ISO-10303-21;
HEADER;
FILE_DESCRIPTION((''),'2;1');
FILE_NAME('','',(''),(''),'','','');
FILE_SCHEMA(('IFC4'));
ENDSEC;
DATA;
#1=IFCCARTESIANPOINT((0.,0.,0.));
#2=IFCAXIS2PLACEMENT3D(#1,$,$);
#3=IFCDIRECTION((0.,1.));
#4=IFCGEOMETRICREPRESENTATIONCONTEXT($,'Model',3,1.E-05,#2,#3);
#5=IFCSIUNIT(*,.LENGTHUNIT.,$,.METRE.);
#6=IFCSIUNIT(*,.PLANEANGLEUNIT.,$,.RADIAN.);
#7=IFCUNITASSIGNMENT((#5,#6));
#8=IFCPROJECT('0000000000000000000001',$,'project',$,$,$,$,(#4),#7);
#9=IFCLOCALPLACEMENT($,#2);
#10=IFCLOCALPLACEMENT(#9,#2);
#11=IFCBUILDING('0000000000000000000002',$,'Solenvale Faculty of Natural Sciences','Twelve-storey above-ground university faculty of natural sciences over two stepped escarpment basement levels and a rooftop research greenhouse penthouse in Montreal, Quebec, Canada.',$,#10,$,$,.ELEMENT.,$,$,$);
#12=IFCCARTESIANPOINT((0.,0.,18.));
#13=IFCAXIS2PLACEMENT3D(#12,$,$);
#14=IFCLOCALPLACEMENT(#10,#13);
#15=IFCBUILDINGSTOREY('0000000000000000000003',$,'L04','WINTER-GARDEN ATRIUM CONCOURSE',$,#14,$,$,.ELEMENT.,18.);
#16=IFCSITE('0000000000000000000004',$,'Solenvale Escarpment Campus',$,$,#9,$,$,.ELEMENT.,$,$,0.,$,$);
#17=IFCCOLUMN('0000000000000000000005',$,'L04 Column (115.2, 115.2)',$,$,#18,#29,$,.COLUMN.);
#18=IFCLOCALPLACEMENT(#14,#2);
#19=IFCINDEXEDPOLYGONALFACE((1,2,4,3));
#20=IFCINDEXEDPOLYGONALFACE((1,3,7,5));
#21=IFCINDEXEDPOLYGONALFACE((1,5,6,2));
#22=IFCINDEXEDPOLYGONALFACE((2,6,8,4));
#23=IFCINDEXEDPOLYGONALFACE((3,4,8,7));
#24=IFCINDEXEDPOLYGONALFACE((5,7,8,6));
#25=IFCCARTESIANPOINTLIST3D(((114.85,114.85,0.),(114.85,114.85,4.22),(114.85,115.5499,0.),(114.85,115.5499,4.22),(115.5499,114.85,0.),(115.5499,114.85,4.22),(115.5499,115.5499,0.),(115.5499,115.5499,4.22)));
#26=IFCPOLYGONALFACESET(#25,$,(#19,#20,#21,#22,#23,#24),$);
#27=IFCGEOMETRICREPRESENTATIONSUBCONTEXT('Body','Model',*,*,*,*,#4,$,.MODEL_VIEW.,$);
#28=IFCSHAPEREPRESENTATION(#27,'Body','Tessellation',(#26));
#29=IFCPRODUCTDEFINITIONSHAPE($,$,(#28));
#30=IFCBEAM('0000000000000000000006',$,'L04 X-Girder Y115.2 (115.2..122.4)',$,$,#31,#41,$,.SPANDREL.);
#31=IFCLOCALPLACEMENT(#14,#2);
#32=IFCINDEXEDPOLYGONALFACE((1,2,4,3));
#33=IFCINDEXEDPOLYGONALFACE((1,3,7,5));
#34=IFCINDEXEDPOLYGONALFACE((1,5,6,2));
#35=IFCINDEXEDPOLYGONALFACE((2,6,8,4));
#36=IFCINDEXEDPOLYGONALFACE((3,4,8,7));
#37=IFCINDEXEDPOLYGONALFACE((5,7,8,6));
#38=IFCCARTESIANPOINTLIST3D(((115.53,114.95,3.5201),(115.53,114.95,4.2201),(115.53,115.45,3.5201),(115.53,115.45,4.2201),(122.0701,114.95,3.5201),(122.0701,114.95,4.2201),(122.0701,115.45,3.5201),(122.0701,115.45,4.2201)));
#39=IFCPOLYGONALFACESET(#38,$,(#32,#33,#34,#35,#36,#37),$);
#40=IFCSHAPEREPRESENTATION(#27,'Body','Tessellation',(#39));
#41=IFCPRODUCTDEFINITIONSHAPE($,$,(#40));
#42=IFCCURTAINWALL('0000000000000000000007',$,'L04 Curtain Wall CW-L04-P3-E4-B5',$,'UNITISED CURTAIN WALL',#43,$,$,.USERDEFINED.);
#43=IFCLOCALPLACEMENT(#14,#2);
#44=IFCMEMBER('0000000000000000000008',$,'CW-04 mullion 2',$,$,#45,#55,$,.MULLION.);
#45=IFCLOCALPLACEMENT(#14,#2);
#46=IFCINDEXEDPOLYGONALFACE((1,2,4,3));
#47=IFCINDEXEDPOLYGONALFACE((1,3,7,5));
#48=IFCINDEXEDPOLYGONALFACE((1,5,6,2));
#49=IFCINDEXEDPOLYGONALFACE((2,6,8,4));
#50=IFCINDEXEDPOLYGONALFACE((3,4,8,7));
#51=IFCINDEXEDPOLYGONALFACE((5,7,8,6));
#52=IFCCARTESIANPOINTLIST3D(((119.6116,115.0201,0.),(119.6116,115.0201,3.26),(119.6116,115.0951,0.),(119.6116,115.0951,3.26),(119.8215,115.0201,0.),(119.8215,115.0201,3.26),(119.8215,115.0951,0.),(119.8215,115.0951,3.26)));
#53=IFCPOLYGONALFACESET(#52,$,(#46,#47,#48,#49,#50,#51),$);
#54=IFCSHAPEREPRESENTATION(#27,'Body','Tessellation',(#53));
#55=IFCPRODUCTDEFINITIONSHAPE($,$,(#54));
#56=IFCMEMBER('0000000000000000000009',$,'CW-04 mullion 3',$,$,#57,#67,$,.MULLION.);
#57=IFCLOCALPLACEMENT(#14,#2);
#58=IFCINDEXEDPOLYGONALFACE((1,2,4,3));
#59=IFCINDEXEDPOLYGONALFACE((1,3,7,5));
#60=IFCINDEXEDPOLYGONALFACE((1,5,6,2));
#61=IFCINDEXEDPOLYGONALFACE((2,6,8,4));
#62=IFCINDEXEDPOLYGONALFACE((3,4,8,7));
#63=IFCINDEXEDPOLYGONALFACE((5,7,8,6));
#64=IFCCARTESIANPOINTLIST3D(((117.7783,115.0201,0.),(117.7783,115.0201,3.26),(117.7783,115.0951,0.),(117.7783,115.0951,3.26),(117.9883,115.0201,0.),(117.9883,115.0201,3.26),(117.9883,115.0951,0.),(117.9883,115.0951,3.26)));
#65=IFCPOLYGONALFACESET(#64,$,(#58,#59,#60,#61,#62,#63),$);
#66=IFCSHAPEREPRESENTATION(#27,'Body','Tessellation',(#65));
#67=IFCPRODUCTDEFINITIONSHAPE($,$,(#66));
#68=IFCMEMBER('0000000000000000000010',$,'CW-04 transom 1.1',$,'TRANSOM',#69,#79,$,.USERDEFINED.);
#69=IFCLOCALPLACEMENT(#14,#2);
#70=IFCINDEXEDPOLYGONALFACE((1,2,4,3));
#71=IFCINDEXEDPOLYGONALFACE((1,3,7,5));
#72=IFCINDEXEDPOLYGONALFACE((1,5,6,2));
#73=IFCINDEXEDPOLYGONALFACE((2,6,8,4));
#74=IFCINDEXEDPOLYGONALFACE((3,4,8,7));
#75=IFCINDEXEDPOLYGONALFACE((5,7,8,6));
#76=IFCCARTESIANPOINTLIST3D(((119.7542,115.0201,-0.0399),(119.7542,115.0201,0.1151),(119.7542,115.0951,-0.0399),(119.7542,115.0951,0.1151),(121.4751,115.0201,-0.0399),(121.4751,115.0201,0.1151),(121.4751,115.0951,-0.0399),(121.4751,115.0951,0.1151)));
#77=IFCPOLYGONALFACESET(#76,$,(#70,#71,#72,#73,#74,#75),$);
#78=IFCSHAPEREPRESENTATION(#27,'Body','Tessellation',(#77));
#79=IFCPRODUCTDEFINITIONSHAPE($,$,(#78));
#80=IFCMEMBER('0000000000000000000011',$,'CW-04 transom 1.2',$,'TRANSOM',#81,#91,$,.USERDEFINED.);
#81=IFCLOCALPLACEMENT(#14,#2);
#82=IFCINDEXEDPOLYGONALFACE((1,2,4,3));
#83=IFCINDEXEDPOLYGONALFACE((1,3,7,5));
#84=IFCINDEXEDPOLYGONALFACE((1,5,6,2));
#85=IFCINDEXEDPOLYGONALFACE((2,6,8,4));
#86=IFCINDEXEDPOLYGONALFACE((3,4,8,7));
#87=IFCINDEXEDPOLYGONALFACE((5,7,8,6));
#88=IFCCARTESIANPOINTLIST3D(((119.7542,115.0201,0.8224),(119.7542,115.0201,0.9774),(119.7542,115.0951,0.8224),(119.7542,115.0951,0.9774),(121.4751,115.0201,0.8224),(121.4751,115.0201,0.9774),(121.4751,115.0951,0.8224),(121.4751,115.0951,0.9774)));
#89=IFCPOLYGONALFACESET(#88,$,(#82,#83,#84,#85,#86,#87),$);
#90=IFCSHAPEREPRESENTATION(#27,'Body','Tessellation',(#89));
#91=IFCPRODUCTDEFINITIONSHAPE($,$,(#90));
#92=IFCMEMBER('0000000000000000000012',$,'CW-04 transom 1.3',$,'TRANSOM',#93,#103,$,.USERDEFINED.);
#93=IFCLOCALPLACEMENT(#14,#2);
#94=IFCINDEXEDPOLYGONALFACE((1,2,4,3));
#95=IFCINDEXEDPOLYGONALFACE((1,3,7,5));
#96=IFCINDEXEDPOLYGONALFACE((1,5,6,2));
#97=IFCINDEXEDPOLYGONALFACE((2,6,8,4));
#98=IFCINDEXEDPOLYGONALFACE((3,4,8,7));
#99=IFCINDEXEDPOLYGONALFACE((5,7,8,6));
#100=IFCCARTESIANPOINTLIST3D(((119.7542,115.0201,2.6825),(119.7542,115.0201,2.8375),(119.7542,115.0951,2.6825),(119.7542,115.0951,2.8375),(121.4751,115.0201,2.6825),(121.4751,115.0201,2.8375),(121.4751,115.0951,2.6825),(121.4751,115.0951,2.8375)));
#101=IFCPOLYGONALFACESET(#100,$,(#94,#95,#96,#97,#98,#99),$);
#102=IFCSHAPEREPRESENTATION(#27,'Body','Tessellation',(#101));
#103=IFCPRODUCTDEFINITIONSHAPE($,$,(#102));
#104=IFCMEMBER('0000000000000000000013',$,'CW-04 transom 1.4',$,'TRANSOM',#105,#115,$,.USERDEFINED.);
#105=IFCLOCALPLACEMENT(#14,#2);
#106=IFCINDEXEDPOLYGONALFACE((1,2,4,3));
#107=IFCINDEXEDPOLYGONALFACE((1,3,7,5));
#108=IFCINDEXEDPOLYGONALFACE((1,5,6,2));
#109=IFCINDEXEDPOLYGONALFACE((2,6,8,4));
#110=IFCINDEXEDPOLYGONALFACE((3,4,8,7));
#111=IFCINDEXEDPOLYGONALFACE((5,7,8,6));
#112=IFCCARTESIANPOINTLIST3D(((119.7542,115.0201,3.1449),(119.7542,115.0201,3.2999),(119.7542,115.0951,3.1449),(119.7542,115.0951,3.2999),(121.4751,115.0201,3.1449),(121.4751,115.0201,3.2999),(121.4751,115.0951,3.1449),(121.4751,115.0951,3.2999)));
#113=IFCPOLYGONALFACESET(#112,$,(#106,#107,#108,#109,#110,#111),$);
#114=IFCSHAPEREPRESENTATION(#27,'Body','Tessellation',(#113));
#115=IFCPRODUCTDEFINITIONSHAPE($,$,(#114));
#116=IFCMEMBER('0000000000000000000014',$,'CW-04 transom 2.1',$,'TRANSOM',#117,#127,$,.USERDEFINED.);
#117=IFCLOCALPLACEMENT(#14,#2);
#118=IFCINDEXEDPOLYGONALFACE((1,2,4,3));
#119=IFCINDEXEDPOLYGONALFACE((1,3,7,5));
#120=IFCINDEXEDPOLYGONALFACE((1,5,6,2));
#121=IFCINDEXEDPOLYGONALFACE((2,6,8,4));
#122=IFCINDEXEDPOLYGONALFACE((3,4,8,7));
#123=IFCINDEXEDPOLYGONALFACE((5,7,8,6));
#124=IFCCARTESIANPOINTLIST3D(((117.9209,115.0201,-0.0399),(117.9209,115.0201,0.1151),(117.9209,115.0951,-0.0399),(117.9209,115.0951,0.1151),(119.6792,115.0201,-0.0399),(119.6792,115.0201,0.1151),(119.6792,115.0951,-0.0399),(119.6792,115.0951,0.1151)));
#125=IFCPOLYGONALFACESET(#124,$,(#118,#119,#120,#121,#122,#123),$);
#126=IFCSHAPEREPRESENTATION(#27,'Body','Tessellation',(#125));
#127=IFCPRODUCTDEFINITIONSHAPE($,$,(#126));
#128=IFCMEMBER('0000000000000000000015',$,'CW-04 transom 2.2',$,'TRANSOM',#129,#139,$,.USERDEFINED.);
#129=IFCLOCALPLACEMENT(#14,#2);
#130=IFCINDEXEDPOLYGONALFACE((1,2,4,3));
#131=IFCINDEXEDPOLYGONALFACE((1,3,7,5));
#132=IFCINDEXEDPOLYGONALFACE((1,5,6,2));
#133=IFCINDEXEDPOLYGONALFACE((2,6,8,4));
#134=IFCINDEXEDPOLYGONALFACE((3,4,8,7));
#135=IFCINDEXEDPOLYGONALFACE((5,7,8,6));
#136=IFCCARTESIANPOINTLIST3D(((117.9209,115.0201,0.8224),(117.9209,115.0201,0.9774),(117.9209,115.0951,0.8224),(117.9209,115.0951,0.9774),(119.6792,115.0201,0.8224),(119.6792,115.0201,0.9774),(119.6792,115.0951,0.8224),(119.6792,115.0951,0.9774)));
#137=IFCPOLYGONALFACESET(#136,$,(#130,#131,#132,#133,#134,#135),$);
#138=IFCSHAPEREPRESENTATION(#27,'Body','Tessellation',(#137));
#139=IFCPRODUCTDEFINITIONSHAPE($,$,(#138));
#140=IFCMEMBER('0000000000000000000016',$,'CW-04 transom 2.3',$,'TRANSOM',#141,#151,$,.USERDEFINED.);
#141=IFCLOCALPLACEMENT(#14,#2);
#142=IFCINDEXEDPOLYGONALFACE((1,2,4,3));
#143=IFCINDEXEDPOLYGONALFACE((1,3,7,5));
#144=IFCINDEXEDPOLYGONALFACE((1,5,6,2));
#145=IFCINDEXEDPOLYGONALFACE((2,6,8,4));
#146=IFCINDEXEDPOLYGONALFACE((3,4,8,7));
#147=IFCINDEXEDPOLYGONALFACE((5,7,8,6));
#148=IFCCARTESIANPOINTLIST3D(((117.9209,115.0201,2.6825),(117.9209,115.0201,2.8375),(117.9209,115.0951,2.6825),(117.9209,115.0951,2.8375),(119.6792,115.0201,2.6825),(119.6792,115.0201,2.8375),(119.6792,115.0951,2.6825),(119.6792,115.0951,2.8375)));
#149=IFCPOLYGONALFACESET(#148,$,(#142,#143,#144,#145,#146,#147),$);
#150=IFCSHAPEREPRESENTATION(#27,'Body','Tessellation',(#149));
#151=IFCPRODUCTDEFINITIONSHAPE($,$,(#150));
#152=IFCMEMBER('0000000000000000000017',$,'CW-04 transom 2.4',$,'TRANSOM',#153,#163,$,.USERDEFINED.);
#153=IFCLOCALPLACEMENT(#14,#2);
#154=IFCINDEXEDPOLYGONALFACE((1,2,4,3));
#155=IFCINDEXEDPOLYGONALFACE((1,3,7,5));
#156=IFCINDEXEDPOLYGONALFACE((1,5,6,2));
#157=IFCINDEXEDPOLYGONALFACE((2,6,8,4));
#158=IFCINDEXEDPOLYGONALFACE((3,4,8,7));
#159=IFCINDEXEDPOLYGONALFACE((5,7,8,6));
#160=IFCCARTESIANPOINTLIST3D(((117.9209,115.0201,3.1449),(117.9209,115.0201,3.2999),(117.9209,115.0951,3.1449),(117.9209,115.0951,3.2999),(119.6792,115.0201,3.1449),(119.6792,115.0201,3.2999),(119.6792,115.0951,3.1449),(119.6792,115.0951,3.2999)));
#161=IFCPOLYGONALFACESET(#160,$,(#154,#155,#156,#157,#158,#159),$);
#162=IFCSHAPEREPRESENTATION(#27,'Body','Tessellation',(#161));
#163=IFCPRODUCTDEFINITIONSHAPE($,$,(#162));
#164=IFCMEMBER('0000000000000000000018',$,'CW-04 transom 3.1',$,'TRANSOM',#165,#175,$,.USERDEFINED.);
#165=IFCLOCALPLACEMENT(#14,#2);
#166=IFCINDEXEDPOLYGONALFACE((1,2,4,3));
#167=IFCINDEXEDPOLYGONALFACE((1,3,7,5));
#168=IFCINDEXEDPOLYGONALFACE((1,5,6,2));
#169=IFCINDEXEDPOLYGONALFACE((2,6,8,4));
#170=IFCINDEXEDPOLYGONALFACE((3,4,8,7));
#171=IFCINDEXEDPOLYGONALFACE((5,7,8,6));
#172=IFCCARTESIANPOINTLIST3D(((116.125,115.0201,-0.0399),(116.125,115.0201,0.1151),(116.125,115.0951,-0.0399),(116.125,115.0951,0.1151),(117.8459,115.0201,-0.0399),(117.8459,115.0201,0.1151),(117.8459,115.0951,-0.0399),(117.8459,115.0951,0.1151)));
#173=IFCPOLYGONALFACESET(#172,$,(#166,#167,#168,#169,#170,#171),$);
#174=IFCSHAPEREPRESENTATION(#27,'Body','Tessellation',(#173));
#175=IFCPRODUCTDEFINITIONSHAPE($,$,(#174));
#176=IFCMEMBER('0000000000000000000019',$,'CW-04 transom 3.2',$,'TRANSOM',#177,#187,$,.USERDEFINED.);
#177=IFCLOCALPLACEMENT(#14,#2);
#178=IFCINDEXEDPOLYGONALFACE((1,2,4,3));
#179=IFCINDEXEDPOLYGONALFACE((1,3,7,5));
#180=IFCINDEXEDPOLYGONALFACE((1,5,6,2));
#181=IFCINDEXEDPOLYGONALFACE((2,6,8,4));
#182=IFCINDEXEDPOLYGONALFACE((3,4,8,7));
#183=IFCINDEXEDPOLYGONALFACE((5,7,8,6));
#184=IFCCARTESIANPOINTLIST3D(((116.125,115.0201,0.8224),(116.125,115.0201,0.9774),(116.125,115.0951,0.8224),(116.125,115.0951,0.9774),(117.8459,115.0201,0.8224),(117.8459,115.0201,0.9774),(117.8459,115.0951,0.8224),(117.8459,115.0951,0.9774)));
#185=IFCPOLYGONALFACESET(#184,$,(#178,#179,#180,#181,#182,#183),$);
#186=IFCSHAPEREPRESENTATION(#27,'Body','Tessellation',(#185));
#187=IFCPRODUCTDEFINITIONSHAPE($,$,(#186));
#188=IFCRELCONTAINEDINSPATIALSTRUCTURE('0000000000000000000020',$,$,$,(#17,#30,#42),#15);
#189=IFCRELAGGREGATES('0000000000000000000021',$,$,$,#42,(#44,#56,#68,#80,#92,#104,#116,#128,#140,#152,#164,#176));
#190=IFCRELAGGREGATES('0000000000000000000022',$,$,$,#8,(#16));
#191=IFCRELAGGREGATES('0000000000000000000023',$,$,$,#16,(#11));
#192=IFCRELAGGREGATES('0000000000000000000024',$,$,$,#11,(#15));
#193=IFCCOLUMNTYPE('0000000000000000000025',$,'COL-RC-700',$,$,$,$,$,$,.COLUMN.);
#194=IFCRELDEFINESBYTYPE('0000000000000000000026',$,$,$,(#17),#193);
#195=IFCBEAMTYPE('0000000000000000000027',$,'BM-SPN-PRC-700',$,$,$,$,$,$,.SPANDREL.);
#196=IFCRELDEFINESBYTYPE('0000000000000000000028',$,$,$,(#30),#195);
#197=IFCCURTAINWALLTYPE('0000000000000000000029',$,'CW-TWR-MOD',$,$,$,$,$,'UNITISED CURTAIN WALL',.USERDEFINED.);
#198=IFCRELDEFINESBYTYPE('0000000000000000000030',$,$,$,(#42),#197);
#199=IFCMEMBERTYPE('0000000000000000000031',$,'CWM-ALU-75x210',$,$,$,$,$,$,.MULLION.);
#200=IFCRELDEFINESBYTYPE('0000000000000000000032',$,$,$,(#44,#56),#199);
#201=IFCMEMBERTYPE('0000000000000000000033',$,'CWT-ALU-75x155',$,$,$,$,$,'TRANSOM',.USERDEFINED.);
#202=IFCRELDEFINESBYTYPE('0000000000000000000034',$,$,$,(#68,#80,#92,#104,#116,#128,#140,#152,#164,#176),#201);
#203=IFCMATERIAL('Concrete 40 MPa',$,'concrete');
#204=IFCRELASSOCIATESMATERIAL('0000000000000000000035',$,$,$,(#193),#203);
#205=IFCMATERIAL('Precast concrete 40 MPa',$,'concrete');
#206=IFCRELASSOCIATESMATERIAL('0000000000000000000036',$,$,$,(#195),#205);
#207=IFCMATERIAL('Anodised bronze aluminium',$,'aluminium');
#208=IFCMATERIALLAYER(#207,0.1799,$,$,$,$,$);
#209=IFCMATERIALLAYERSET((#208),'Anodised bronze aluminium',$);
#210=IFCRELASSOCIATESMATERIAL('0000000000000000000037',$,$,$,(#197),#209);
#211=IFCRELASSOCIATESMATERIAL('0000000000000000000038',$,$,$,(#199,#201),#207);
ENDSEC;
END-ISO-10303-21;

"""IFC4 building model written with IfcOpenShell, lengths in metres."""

from ifc_helpers import new_model, si_unit, direction, frame, origin, origin_2d, place, context, subcontext, project, spatial, rectangle, extrude, material, layer, layer_set, material_profile, profile_set, type_object, element, aggregate, save


model = new_model("IFC4")

# Units and contexts
model_context = context("Model", 3, precision=1e-05, world=origin(), true_north=direction((0.0, 1.0)))
body_context = subcontext(model_context, "Body", "Model", "MODEL_VIEW")
ifc_project = project(units=[si_unit("LENGTHUNIT", "METRE"), si_unit("PLANEANGLEUNIT", "RADIAN")], contexts=[model_context])

# Site, building, storey
site_placement = place(None, origin())
site = spatial("IfcSite", under=ifc_project, at=site_placement, Name="Solenvale Escarpment Campus", CompositionType="ELEMENT", RefElevation=0.0)
building_placement = place(site_placement, origin())
building = spatial("IfcBuilding", under=site, at=building_placement, Name="Solenvale Faculty of Natural Sciences", Description="Twelve-storey above-ground university faculty of natural sciences over two stepped escarpment basement levels and a rooftop research greenhouse penthouse in Montreal, Quebec, Canada.", CompositionType="ELEMENT")
storey_placement = place(building_placement, frame((0.0, 0.0, 18.0)))
storey = spatial("IfcBuildingStorey", under=building, at=storey_placement, Name="L04", Description="WINTER-GARDEN ATRIUM CONCOURSE", CompositionType="ELEMENT", Elevation=18.0)

# Column
ifc_material_1 = material(Name="Concrete 40 MPa", Category="concrete")
ifc_material_profile_1 = material_profile(ifc_material_1, rectangle(XDim=0.7, YDim=0.7, at=origin_2d()), Name="RC-COL-700x700")
ifc_profile_set_1 = profile_set([ifc_material_profile_1], Name="Concrete 40 MPa")
column_type = type_object("IfcColumnType", Name="COL-RC-700", PredefinedType="COLUMN", material=ifc_profile_set_1)
column_placement = place(storey_placement, frame((115.2, 115.2, 0.0), z_axis=(0.0, 0.0, 1.0), x_axis=(1.0, 0.0, 0.0)))
element("IfcColumn", 1, at=column_placement, inside=storey, type_object=column_type, Name="L04 Column (115.2, 115.2)", PredefinedType="COLUMN", context=body_context, shape_type="SweptSolid", body=[
    extrude(rectangle(XDim=0.7, YDim=0.7, at=origin_2d()), origin(), (0.0, 0.0, 1.0), 4.22),
])

# Beam
ifc_material_2 = material(Name="Precast concrete 40 MPa", Category="concrete")
ifc_material_profile_2 = material_profile(ifc_material_2, rectangle(XDim=0.5, YDim=0.7, at=origin_2d()), Name="RC-BM-500x700")
ifc_profile_set_2 = profile_set([ifc_material_profile_2], Name="Precast concrete 40 MPa")
beam_type = type_object("IfcBeamType", Name="BM-SPN-PRC-700", PredefinedType="SPANDREL", material=ifc_profile_set_2)
beam_placement = place(storey_placement, frame((115.53, 115.2, 3.8701), z_axis=(1.0, 0.0, 0.0), x_axis=(0.0, 1.0, 0.0)))
element("IfcBeam", 2, at=beam_placement, inside=storey, type_object=beam_type, Name="L04 X-Girder Y115.2 (115.2..122.4)", PredefinedType="SPANDREL", context=body_context, shape_type="SweptSolid", body=[
    extrude(rectangle(XDim=0.5, YDim=0.7, at=origin_2d()), origin(), (0.0, 0.0, 1.0), 6.54),
])

# Curtain wall, members
ifc_material_3 = material(Name="Anodised bronze aluminium", Category="aluminium")
ifc_layer_1 = layer(ifc_material_3, 0.1799)
ifc_layer_set_1 = layer_set([ifc_layer_1], Name="Anodised bronze aluminium")
curtain_wall_type = type_object("IfcCurtainWallType", Name="CW-TWR-MOD", ElementType="UNITISED CURTAIN WALL", PredefinedType="USERDEFINED", material=ifc_layer_set_1)
curtain_wall_placement = place(storey_placement, origin())
curtain_wall = element("IfcCurtainWall", 3, at=curtain_wall_placement, inside=storey, type_object=curtain_wall_type, Name="L04 Curtain Wall CW-L04-P3-E4-B5", ObjectType="UNITISED CURTAIN WALL", PredefinedType="USERDEFINED")
ifc_material_profile_3 = material_profile(ifc_material_3, rectangle(XDim=0.075, YDim=0.21, at=origin_2d()), Name="ALU-MUL-75x210")
ifc_profile_set_3 = profile_set([ifc_material_profile_3], Name="Anodised bronze aluminium")
member_type_1 = type_object("IfcMemberType", Name="CWM-ALU-75x210", PredefinedType="MULLION", material=ifc_profile_set_3)
member_1_placement = place(storey_placement, frame((119.7166, 115.0576, 0.0), z_axis=(0.0, 0.0, 1.0), x_axis=(0.0, -1.0, 0.0)))
member_1 = element("IfcMember", 4, at=member_1_placement, type_object=member_type_1, Name="CW-04 mullion 2", PredefinedType="MULLION", context=body_context, shape_type="SweptSolid", body=[
    extrude(rectangle(XDim=0.075, YDim=0.21, at=origin_2d()), origin(), (0.0, 0.0, 1.0), 3.26),
])
member_2_placement = place(storey_placement, frame((117.8833, 115.0576, 0.0), z_axis=(0.0, 0.0, 1.0), x_axis=(0.0, -1.0, 0.0)))
member_2 = element("IfcMember", 5, at=member_2_placement, type_object=member_type_1, Name="CW-04 mullion 3", PredefinedType="MULLION", context=body_context, shape_type="SweptSolid", body=[
    extrude(rectangle(XDim=0.075, YDim=0.21, at=origin_2d()), origin(), (0.0, 0.0, 1.0), 3.26),
])
ifc_material_profile_4 = material_profile(ifc_material_3, rectangle(XDim=0.075, YDim=0.155, at=origin_2d()), Name="ALU-TRN-75x155")
ifc_profile_set_4 = profile_set([ifc_material_profile_4], Name="Anodised bronze aluminium")
member_type_2 = type_object("IfcMemberType", Name="CWT-ALU-75x155", ElementType="TRANSOM", PredefinedType="USERDEFINED", material=ifc_profile_set_4)
member_3_placement = place(storey_placement, frame((121.4751, 115.0576, 0.0376), z_axis=(-1.0, 0.0, 0.0), x_axis=(0.0, -1.0, 0.0)))
member_3 = element("IfcMember", 6, at=member_3_placement, type_object=member_type_2, Name="CW-04 transom 1.1", ObjectType="TRANSOM", PredefinedType="USERDEFINED", context=body_context, shape_type="SweptSolid", body=[
    extrude(rectangle(XDim=0.075, YDim=0.155, at=origin_2d()), origin(), (0.0, 0.0, 1.0), 1.7209),
])
member_4_placement = place(storey_placement, frame((121.4751, 115.0576, 0.8999), z_axis=(-1.0, 0.0, 0.0), x_axis=(0.0, -1.0, 0.0)))
member_4 = element("IfcMember", 7, at=member_4_placement, type_object=member_type_2, Name="CW-04 transom 1.2", ObjectType="TRANSOM", PredefinedType="USERDEFINED", context=body_context, shape_type="SweptSolid", body=[
    extrude(rectangle(XDim=0.075, YDim=0.155, at=origin_2d()), origin(), (0.0, 0.0, 1.0), 1.7209),
])
member_5_placement = place(storey_placement, frame((121.4751, 115.0576, 2.76), z_axis=(-1.0, 0.0, 0.0), x_axis=(0.0, -1.0, 0.0)))
member_5 = element("IfcMember", 8, at=member_5_placement, type_object=member_type_2, Name="CW-04 transom 1.3", ObjectType="TRANSOM", PredefinedType="USERDEFINED", context=body_context, shape_type="SweptSolid", body=[
    extrude(rectangle(XDim=0.075, YDim=0.155, at=origin_2d()), origin(), (0.0, 0.0, 1.0), 1.7209),
])
member_6_placement = place(storey_placement, frame((121.4751, 115.0576, 3.2224), z_axis=(-1.0, 0.0, 0.0), x_axis=(0.0, -1.0, 0.0)))
member_6 = element("IfcMember", 9, at=member_6_placement, type_object=member_type_2, Name="CW-04 transom 1.4", ObjectType="TRANSOM", PredefinedType="USERDEFINED", context=body_context, shape_type="SweptSolid", body=[
    extrude(rectangle(XDim=0.075, YDim=0.155, at=origin_2d()), origin(), (0.0, 0.0, 1.0), 1.7209),
])
member_7_placement = place(storey_placement, frame((119.6792, 115.0576, 0.0376), z_axis=(-1.0, 0.0, 0.0), x_axis=(0.0, -1.0, 0.0)))
member_7 = element("IfcMember", 10, at=member_7_placement, type_object=member_type_2, Name="CW-04 transom 2.1", ObjectType="TRANSOM", PredefinedType="USERDEFINED", context=body_context, shape_type="SweptSolid", body=[
    extrude(rectangle(XDim=0.075, YDim=0.155, at=origin_2d()), origin(), (0.0, 0.0, 1.0), 1.7583),
])
member_8_placement = place(storey_placement, frame((119.6792, 115.0576, 0.8999), z_axis=(-1.0, 0.0, 0.0), x_axis=(0.0, -1.0, 0.0)))
member_8 = element("IfcMember", 11, at=member_8_placement, type_object=member_type_2, Name="CW-04 transom 2.2", ObjectType="TRANSOM", PredefinedType="USERDEFINED", context=body_context, shape_type="SweptSolid", body=[
    extrude(rectangle(XDim=0.075, YDim=0.155, at=origin_2d()), origin(), (0.0, 0.0, 1.0), 1.7583),
])
member_9_placement = place(storey_placement, frame((119.6792, 115.0576, 2.76), z_axis=(-1.0, 0.0, 0.0), x_axis=(0.0, -1.0, 0.0)))
member_9 = element("IfcMember", 12, at=member_9_placement, type_object=member_type_2, Name="CW-04 transom 2.3", ObjectType="TRANSOM", PredefinedType="USERDEFINED", context=body_context, shape_type="SweptSolid", body=[
    extrude(rectangle(XDim=0.075, YDim=0.155, at=origin_2d()), origin(), (0.0, 0.0, 1.0), 1.7583),
])
member_10_placement = place(storey_placement, frame((119.6792, 115.0576, 3.2224), z_axis=(-1.0, 0.0, 0.0), x_axis=(0.0, -1.0, 0.0)))
member_10 = element("IfcMember", 13, at=member_10_placement, type_object=member_type_2, Name="CW-04 transom 2.4", ObjectType="TRANSOM", PredefinedType="USERDEFINED", context=body_context, shape_type="SweptSolid", body=[
    extrude(rectangle(XDim=0.075, YDim=0.155, at=origin_2d()), origin(), (0.0, 0.0, 1.0), 1.7583),
])
member_11_placement = place(storey_placement, frame((117.8459, 115.0576, 0.0376), z_axis=(-1.0, 0.0, 0.0), x_axis=(0.0, -1.0, 0.0)))
member_11 = element("IfcMember", 14, at=member_11_placement, type_object=member_type_2, Name="CW-04 transom 3.1", ObjectType="TRANSOM", PredefinedType="USERDEFINED", context=body_context, shape_type="SweptSolid", body=[
    extrude(rectangle(XDim=0.075, YDim=0.155, at=origin_2d()), origin(), (0.0, 0.0, 1.0), 1.7209),
])
member_12_placement = place(storey_placement, frame((117.8459, 115.0576, 0.8999), z_axis=(-1.0, 0.0, 0.0), x_axis=(0.0, -1.0, 0.0)))
member_12 = element("IfcMember", 15, at=member_12_placement, type_object=member_type_2, Name="CW-04 transom 3.2", ObjectType="TRANSOM", PredefinedType="USERDEFINED", context=body_context, shape_type="SweptSolid", body=[
    extrude(rectangle(XDim=0.075, YDim=0.155, at=origin_2d()), origin(), (0.0, 0.0, 1.0), 1.7209),
])
aggregate(curtain_wall, [member_1, member_2, member_3, member_4, member_5, member_6, member_7, member_8, member_9, member_10, member_11, member_12])

save(model, "model.ifc")
